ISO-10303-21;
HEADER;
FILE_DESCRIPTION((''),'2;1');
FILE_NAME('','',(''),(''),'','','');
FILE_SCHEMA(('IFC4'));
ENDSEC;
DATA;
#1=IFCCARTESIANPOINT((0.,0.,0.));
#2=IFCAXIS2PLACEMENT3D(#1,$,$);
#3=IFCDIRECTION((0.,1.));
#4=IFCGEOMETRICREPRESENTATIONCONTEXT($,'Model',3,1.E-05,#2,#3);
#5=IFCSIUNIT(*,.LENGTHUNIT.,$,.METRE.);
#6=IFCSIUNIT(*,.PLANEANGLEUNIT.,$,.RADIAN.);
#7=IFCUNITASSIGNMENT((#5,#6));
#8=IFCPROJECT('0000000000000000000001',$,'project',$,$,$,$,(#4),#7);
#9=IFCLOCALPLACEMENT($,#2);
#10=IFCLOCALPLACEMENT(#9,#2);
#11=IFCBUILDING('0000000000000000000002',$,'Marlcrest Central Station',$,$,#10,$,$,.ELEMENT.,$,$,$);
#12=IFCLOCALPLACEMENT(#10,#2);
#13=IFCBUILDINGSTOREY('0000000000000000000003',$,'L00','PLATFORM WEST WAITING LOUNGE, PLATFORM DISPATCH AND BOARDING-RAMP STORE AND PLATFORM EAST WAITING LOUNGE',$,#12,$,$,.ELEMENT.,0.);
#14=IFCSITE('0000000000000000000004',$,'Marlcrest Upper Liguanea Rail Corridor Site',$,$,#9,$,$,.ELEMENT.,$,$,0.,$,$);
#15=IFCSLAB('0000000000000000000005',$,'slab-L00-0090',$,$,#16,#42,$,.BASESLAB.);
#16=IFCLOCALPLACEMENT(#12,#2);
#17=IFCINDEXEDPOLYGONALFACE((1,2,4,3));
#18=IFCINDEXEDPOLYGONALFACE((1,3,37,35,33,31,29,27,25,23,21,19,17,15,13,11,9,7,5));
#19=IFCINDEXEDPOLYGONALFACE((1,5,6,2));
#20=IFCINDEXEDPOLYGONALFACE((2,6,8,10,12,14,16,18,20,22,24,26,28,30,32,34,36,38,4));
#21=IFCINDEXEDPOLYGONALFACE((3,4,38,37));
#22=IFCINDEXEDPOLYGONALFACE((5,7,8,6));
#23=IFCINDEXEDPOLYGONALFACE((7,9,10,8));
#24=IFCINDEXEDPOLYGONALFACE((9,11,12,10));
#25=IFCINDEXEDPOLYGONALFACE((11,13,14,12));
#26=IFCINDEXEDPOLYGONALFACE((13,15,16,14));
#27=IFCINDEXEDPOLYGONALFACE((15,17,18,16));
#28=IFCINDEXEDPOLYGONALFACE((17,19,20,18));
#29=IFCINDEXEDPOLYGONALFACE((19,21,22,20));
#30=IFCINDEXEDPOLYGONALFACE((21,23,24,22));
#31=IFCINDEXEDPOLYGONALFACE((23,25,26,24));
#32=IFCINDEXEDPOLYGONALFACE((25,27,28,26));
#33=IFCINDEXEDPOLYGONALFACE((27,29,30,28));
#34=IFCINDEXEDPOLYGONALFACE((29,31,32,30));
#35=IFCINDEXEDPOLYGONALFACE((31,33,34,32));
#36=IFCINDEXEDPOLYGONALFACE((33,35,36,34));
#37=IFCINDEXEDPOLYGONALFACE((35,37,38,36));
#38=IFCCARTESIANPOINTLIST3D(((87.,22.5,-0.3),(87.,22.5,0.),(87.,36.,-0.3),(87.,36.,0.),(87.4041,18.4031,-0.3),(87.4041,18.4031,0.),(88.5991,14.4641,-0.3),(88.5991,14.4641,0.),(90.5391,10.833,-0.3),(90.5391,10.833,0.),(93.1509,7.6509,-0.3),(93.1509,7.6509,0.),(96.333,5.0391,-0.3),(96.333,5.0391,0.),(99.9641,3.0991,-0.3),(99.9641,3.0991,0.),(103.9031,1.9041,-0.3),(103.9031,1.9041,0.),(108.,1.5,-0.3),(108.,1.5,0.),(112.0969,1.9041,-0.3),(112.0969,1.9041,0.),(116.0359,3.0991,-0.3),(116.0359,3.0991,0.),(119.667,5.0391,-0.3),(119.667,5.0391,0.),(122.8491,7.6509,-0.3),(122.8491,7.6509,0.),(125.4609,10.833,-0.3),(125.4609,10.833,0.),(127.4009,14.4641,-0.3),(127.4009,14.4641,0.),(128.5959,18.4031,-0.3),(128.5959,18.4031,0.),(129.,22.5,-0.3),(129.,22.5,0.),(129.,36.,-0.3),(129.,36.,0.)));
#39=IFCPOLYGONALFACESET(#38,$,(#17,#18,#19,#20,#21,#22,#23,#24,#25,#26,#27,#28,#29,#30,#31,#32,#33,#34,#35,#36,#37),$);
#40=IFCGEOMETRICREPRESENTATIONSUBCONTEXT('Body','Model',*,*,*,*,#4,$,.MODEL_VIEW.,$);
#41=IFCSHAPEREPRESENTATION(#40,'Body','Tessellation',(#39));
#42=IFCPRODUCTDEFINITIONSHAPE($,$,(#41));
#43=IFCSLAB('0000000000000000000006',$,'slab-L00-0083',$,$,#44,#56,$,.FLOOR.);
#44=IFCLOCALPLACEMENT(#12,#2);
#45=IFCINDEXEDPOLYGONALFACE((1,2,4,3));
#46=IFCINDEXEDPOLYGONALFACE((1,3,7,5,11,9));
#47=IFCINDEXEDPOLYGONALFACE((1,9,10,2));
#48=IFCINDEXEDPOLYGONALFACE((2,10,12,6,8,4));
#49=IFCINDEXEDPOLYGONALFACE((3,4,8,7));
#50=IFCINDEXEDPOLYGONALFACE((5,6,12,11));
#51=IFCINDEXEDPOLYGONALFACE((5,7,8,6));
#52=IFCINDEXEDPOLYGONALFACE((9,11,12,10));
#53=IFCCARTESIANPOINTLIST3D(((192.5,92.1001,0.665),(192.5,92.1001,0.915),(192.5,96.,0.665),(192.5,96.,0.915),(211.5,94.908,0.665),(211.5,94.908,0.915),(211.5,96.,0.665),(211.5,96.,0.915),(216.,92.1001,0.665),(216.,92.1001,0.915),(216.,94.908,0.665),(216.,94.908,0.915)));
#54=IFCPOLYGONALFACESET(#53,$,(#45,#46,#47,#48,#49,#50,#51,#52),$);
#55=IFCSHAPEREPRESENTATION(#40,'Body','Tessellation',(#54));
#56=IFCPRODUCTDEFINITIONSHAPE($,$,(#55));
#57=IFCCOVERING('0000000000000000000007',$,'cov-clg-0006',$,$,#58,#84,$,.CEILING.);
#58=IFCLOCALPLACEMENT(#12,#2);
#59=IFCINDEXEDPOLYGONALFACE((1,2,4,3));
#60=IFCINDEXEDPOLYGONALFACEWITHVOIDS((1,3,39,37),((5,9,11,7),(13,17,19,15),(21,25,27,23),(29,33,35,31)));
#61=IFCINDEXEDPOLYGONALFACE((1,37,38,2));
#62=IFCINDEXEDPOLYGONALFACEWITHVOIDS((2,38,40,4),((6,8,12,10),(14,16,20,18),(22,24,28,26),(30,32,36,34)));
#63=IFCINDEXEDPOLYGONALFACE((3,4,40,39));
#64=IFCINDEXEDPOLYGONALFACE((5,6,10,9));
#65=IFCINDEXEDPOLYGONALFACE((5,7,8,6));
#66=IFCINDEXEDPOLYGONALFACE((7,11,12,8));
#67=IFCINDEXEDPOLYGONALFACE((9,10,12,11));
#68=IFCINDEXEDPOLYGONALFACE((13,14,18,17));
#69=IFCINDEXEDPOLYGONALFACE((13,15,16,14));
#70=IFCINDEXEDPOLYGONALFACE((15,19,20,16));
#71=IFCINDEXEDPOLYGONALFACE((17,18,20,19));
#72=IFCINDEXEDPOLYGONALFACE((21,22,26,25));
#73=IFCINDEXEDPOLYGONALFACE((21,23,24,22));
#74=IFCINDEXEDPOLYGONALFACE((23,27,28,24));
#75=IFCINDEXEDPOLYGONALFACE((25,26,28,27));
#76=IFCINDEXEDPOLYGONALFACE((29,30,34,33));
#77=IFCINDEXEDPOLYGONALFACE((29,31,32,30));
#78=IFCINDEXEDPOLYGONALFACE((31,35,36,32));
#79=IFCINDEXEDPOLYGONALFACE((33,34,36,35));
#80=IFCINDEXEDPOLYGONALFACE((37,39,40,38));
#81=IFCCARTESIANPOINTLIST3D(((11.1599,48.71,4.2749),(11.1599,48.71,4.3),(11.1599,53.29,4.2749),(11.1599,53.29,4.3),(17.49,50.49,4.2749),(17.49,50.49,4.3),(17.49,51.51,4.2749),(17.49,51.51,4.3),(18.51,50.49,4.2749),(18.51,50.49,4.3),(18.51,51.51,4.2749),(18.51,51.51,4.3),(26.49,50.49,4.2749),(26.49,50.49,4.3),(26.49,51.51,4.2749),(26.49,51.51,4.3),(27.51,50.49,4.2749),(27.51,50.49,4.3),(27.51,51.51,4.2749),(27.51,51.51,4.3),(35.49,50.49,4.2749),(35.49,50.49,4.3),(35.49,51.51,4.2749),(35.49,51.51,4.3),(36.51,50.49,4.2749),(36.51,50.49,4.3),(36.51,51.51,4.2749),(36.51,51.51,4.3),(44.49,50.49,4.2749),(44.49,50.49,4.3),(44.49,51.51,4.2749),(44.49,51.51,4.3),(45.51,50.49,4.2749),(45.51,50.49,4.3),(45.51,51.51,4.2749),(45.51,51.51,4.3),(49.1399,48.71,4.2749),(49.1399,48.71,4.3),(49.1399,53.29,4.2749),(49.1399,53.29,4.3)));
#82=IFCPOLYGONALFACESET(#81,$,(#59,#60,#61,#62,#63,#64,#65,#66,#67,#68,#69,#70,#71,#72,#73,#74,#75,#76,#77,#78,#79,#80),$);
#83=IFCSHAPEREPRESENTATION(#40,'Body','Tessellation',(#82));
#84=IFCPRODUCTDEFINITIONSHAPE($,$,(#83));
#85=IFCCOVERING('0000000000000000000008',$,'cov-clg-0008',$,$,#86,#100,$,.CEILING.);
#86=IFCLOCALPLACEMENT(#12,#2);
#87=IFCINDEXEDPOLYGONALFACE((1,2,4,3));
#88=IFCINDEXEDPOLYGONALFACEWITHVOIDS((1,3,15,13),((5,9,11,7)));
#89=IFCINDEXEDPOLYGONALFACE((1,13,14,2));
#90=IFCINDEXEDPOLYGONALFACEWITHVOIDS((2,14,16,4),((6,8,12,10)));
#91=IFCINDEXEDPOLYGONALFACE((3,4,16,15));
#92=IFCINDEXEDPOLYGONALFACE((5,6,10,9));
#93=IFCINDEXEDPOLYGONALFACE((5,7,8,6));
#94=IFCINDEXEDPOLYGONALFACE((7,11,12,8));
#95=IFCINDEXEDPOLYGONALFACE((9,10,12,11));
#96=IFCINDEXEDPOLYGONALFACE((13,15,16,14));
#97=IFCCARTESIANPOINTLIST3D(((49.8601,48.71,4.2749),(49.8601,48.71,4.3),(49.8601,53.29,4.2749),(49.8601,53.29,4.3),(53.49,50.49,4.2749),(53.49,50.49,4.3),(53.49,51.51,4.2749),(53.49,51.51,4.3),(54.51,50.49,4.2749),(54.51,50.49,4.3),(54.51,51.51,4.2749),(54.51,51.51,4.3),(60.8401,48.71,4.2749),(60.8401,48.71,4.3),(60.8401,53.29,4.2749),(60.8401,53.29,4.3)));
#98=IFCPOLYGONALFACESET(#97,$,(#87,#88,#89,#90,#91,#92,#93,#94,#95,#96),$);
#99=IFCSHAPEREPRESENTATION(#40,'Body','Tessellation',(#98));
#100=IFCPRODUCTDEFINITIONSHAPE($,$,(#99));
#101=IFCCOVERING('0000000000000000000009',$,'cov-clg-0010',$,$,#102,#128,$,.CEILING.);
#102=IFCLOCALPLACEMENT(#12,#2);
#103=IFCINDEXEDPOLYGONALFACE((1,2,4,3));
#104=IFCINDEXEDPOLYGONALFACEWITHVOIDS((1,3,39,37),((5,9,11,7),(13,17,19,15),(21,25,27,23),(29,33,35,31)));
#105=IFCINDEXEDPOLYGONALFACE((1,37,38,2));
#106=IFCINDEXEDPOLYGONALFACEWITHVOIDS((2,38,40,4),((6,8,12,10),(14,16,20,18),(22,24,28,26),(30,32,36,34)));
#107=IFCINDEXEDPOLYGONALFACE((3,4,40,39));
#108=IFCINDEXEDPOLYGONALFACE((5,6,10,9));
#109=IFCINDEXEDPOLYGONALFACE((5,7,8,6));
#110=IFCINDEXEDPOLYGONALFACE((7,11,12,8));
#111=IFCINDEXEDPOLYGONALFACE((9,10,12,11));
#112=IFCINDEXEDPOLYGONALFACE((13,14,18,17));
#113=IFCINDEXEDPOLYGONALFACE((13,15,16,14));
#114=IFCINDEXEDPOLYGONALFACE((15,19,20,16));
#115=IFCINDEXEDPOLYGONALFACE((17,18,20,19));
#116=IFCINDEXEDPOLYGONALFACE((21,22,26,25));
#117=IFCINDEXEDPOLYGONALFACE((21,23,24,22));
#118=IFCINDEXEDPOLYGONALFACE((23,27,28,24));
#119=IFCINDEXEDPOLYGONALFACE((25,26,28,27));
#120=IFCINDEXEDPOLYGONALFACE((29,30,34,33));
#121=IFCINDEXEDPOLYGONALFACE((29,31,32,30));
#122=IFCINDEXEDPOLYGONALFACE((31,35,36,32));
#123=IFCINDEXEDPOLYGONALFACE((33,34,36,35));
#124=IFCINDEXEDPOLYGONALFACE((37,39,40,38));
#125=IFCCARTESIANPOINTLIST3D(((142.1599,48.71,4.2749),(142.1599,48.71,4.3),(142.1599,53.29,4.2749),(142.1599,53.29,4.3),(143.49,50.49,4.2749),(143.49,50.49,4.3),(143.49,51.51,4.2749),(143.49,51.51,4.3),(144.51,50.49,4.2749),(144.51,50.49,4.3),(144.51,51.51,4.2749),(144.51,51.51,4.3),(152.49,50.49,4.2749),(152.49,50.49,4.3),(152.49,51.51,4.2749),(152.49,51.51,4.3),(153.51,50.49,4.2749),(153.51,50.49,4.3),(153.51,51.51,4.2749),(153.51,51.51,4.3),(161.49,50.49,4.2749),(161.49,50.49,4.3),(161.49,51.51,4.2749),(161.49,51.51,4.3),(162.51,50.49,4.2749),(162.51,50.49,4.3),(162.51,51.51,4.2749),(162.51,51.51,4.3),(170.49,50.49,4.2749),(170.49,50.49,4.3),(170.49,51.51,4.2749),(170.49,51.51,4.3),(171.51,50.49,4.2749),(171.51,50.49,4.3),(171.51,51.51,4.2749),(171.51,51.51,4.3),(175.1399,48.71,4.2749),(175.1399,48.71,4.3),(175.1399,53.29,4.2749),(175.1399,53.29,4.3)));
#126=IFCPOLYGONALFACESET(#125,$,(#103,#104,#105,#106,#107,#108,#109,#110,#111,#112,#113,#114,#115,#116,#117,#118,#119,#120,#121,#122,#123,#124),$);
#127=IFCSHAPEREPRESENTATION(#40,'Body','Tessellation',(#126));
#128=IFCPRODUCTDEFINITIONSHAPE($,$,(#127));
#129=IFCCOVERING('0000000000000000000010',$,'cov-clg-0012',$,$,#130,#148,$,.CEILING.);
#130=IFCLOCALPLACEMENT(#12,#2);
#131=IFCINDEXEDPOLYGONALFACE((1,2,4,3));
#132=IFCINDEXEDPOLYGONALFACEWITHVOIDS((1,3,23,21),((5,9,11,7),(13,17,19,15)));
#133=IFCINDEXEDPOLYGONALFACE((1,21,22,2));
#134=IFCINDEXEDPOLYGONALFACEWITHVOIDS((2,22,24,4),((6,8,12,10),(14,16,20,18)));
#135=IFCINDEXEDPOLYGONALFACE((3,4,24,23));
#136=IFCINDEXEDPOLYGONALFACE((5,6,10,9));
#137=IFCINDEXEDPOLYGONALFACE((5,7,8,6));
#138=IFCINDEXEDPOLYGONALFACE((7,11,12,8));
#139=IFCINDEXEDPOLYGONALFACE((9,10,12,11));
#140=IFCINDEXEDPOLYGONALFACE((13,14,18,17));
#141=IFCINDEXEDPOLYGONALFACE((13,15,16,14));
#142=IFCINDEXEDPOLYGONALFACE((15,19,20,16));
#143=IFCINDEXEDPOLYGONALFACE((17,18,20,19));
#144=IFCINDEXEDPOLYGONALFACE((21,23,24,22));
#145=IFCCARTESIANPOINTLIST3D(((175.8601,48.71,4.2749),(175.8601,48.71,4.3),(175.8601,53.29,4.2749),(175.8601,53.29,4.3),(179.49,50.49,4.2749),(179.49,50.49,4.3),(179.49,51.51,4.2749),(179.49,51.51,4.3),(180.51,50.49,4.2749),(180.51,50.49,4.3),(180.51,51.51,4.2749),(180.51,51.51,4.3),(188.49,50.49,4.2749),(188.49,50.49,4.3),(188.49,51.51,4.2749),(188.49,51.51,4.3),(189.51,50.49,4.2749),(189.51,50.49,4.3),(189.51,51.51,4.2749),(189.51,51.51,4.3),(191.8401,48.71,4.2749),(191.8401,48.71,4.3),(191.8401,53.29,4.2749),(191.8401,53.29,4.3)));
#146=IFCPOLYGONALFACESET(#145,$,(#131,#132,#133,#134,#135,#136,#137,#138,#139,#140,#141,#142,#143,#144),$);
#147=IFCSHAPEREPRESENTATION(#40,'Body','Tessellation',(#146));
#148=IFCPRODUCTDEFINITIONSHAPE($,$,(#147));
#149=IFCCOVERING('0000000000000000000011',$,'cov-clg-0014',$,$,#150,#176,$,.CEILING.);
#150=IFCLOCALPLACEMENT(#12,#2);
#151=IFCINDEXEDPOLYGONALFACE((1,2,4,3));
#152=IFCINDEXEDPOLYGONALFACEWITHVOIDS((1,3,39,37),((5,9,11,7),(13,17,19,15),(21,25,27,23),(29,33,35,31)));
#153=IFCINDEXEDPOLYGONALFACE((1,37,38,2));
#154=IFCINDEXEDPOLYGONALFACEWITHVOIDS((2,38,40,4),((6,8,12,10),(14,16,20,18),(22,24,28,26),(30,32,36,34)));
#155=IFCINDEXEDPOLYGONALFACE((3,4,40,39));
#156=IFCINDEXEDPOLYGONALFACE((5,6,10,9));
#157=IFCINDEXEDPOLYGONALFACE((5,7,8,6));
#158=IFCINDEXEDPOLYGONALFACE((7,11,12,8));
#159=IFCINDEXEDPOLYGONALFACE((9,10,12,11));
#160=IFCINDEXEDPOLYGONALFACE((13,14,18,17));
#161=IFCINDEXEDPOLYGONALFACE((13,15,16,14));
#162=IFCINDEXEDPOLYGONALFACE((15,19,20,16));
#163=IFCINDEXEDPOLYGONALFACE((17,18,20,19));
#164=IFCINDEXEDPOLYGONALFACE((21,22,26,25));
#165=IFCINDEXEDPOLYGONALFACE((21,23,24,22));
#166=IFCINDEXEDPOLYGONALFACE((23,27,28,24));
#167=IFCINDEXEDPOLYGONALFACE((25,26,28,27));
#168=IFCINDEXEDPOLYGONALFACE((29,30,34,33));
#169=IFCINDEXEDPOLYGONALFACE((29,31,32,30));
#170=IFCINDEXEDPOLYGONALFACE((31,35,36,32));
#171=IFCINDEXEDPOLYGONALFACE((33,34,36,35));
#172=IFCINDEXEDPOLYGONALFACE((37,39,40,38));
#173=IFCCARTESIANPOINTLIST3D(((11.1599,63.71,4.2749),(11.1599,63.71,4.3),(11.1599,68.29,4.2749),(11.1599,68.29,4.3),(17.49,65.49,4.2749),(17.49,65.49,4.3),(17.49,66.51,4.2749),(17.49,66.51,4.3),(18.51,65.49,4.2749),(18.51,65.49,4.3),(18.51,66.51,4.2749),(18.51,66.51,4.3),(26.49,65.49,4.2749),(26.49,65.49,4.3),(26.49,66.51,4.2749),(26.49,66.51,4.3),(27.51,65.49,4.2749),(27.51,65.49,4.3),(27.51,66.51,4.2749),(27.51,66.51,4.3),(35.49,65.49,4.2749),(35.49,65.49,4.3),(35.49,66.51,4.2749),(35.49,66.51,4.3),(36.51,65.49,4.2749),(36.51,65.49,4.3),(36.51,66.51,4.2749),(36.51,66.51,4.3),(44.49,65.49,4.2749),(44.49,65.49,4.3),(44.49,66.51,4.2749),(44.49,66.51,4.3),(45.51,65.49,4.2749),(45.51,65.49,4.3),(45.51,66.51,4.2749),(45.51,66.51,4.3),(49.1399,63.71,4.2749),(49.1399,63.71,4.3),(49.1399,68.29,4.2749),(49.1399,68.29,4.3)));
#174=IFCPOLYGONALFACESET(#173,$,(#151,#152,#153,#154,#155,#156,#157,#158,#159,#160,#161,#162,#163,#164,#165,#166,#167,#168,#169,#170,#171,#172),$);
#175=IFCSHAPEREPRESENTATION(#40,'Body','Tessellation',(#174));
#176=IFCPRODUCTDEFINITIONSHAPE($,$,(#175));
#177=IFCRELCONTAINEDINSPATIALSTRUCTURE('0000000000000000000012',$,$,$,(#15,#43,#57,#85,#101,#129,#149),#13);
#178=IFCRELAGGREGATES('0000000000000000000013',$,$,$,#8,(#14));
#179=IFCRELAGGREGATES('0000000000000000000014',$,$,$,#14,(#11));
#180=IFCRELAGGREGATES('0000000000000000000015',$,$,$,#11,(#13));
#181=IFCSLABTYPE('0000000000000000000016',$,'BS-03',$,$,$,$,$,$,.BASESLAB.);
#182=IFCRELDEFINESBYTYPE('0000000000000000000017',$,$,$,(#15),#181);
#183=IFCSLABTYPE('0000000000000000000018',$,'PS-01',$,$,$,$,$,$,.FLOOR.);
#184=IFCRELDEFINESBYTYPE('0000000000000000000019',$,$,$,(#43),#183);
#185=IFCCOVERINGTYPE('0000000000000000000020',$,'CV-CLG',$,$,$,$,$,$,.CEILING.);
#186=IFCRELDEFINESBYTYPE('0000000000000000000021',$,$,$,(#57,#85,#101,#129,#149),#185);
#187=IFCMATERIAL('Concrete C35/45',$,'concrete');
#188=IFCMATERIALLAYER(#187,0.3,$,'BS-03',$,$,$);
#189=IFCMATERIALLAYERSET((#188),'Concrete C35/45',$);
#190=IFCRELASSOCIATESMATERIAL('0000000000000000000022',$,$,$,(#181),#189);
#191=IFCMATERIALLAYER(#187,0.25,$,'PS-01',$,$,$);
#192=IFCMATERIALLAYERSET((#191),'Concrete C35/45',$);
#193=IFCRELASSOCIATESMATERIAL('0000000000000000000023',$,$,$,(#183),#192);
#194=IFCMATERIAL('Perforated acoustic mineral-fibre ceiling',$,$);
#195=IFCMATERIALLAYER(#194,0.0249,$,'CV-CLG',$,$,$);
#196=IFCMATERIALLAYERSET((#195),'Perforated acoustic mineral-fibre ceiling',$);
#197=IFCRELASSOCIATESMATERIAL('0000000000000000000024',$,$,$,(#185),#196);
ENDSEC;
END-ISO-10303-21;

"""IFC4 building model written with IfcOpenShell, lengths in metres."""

from ifc_helpers import new_model, si_unit, direction, frame, origin, place, context, subcontext, project, spatial, polyline, outline, extrude, material, layer, layer_set, type_object, element, save


model = new_model("IFC4")

# Units and contexts
model_context = context("Model", 3, precision=1e-05, world=origin(), true_north=direction((0.0, 1.0)))
body_context = subcontext(model_context, "Body", "Model", "MODEL_VIEW")
ifc_project = project(units=[si_unit("LENGTHUNIT", "METRE"), si_unit("PLANEANGLEUNIT", "RADIAN")], contexts=[model_context])

# Site, building, storey
site_placement = place(None, origin())
site = spatial("IfcSite", under=ifc_project, at=site_placement, Name="Marlcrest Upper Liguanea Rail Corridor Site", CompositionType="ELEMENT", RefElevation=0.0)
building_placement = place(site_placement, origin())
building = spatial("IfcBuilding", under=site, at=building_placement, Name="Marlcrest Central Station", CompositionType="ELEMENT")
storey_placement = place(building_placement, origin())
storey = spatial("IfcBuildingStorey", under=building, at=storey_placement, Name="L00", Description="PLATFORM WEST WAITING LOUNGE, PLATFORM DISPATCH AND BOARDING-RAMP STORE AND PLATFORM EAST WAITING LOUNGE", CompositionType="ELEMENT", Elevation=0.0)

# Slabs
ifc_material_1 = material(Name="Concrete C35/45", Category="concrete")
ifc_layer_1 = layer(ifc_material_1, 0.3, Name="BS-03")
ifc_layer_set_1 = layer_set([ifc_layer_1], Name="Concrete C35/45")
slab_type_1 = type_object("IfcSlabType", Name="BS-03", PredefinedType="BASESLAB", material=ifc_layer_set_1)
slab_1_placement = place(storey_placement, frame((0.0, 0.0, -0.3)))
element("IfcSlab", 1, at=slab_1_placement, inside=storey, type_object=slab_type_1, Name="slab-L00-0090", PredefinedType="BASESLAB", context=body_context, shape_type="SweptSolid", body=[
    extrude(outline(polyline([(129.0, 22.5), (128.5959, 18.4031), (127.4009, 14.4641), (125.4609, 10.833), (122.8491, 7.6509), (119.667, 5.0391), (116.0359, 3.0991), (112.0969, 1.9041), (108.0, 1.5), (103.9031, 1.9041), (99.9641, 3.0991), (96.333, 5.0391), (93.1509, 7.6509), (90.5391, 10.833), (88.5991, 14.4641), (87.4041, 18.4031), (87.0, 22.5), (87.0, 36.0), (129.0, 36.0), (129.0, 22.5)])), origin(), (0.0, 0.0, 1.0), 0.3),
])
ifc_layer_2 = layer(ifc_material_1, 0.25, Name="PS-01")
ifc_layer_set_2 = layer_set([ifc_layer_2], Name="Concrete C35/45")
slab_type_2 = type_object("IfcSlabType", Name="PS-01", PredefinedType="FLOOR", material=ifc_layer_set_2)
slab_2_placement = place(storey_placement, frame((0.0, 0.0, 0.665)))
element("IfcSlab", 2, at=slab_2_placement, inside=storey, type_object=slab_type_2, Name="slab-L00-0083", PredefinedType="FLOOR", context=body_context, shape_type="SweptSolid", body=[
    extrude(outline(polyline([(211.5, 96.0), (211.5, 94.908), (216.0, 94.908), (216.0, 92.1001), (192.5, 92.1001), (192.5, 96.0), (211.5, 96.0)])), origin(), (0.0, 0.0, 1.0), 0.25),
])

# Coverings
ifc_material_2 = material(Name="Perforated acoustic mineral-fibre ceiling")
ifc_layer_3 = layer(ifc_material_2, 0.0249, Name="CV-CLG")
ifc_layer_set_3 = layer_set([ifc_layer_3], Name="Perforated acoustic mineral-fibre ceiling")
covering_type_1 = type_object("IfcCoveringType", Name="CV-CLG", PredefinedType="CEILING", material=ifc_layer_set_3)
covering_1_placement = place(storey_placement, frame((0.0, 0.0, 4.2749)))
element("IfcCovering", 3, at=covering_1_placement, inside=storey, type_object=covering_type_1, Name="cov-clg-0006", PredefinedType="CEILING", context=body_context, shape_type="SweptSolid", body=[
    extrude(outline(polyline([(49.1399, 48.71), (11.1599, 48.71), (11.1599, 53.29), (49.1399, 53.29), (49.1399, 48.71)]), holes=[polyline([(18.51, 50.49), (18.51, 51.51), (17.49, 51.51), (17.49, 50.49), (18.51, 50.49)]), polyline([(26.49, 50.49), (27.51, 50.49), (27.51, 51.51), (26.49, 51.51), (26.49, 50.49)]), polyline([(35.49, 51.51), (35.49, 50.49), (36.51, 50.49), (36.51, 51.51), (35.49, 51.51)]), polyline([(45.51, 51.51), (44.49, 51.51), (44.49, 50.49), (45.51, 50.49), (45.51, 51.51)])]), origin(), (0.0, 0.0, 1.0), 0.0251),
])
covering_2_placement = place(storey_placement, frame((0.0, 0.0, 4.2749)))
element("IfcCovering", 4, at=covering_2_placement, inside=storey, type_object=covering_type_1, Name="cov-clg-0008", PredefinedType="CEILING", context=body_context, shape_type="SweptSolid", body=[
    extrude(outline(polyline([(49.8601, 48.71), (49.8601, 53.29), (60.8401, 53.29), (60.8401, 48.71), (49.8601, 48.71)]), holes=[polyline([(54.51, 51.51), (53.49, 51.51), (53.49, 50.49), (54.51, 50.49), (54.51, 51.51)])]), origin(), (0.0, 0.0, 1.0), 0.0251),
])
covering_3_placement = place(storey_placement, frame((0.0, 0.0, 4.2749)))
element("IfcCovering", 5, at=covering_3_placement, inside=storey, type_object=covering_type_1, Name="cov-clg-0010", PredefinedType="CEILING", context=body_context, shape_type="SweptSolid", body=[
    extrude(outline(polyline([(175.1399, 48.71), (142.1599, 48.71), (142.1599, 53.29), (175.1399, 53.29), (175.1399, 48.71)]), holes=[polyline([(144.51, 50.49), (144.51, 51.51), (143.49, 51.51), (143.49, 50.49), (144.51, 50.49)]), polyline([(152.49, 50.49), (153.51, 50.49), (153.51, 51.51), (152.49, 51.51), (152.49, 50.49)]), polyline([(161.49, 51.51), (161.49, 50.49), (162.51, 50.49), (162.51, 51.51), (161.49, 51.51)]), polyline([(171.51, 51.51), (170.49, 51.51), (170.49, 50.49), (171.51, 50.49), (171.51, 51.51)])]), origin(), (0.0, 0.0, 1.0), 0.0251),
])
covering_4_placement = place(storey_placement, frame((0.0, 0.0, 4.2749)))
element("IfcCovering", 6, at=covering_4_placement, inside=storey, type_object=covering_type_1, Name="cov-clg-0012", PredefinedType="CEILING", context=body_context, shape_type="SweptSolid", body=[
    extrude(outline(polyline([(175.8601, 53.29), (191.8401, 53.29), (191.8401, 48.71), (175.8601, 48.71), (175.8601, 53.29)]), holes=[polyline([(179.49, 51.51), (179.49, 50.49), (180.51, 50.49), (180.51, 51.51), (179.49, 51.51)]), polyline([(189.51, 51.51), (188.49, 51.51), (188.49, 50.49), (189.51, 50.49), (189.51, 51.51)])]), origin(), (0.0, 0.0, 1.0), 0.0251),
])
covering_5_placement = place(storey_placement, frame((0.0, 0.0, 4.2749)))
element("IfcCovering", 7, at=covering_5_placement, inside=storey, type_object=covering_type_1, Name="cov-clg-0014", PredefinedType="CEILING", context=body_context, shape_type="SweptSolid", body=[
    extrude(outline(polyline([(49.1399, 63.71), (11.1599, 63.71), (11.1599, 68.29), (49.1399, 68.29), (49.1399, 63.71)]), holes=[polyline([(18.51, 65.49), (18.51, 66.51), (17.49, 66.51), (17.49, 65.49), (18.51, 65.49)]), polyline([(26.49, 65.49), (27.51, 65.49), (27.51, 66.51), (26.49, 66.51), (26.49, 65.49)]), polyline([(35.49, 66.51), (35.49, 65.49), (36.51, 65.49), (36.51, 66.51), (35.49, 66.51)]), polyline([(45.51, 66.51), (44.49, 66.51), (44.49, 65.49), (45.51, 65.49), (45.51, 66.51)])]), origin(), (0.0, 0.0, 1.0), 0.0251),
])

save(model, "model.ifc")
